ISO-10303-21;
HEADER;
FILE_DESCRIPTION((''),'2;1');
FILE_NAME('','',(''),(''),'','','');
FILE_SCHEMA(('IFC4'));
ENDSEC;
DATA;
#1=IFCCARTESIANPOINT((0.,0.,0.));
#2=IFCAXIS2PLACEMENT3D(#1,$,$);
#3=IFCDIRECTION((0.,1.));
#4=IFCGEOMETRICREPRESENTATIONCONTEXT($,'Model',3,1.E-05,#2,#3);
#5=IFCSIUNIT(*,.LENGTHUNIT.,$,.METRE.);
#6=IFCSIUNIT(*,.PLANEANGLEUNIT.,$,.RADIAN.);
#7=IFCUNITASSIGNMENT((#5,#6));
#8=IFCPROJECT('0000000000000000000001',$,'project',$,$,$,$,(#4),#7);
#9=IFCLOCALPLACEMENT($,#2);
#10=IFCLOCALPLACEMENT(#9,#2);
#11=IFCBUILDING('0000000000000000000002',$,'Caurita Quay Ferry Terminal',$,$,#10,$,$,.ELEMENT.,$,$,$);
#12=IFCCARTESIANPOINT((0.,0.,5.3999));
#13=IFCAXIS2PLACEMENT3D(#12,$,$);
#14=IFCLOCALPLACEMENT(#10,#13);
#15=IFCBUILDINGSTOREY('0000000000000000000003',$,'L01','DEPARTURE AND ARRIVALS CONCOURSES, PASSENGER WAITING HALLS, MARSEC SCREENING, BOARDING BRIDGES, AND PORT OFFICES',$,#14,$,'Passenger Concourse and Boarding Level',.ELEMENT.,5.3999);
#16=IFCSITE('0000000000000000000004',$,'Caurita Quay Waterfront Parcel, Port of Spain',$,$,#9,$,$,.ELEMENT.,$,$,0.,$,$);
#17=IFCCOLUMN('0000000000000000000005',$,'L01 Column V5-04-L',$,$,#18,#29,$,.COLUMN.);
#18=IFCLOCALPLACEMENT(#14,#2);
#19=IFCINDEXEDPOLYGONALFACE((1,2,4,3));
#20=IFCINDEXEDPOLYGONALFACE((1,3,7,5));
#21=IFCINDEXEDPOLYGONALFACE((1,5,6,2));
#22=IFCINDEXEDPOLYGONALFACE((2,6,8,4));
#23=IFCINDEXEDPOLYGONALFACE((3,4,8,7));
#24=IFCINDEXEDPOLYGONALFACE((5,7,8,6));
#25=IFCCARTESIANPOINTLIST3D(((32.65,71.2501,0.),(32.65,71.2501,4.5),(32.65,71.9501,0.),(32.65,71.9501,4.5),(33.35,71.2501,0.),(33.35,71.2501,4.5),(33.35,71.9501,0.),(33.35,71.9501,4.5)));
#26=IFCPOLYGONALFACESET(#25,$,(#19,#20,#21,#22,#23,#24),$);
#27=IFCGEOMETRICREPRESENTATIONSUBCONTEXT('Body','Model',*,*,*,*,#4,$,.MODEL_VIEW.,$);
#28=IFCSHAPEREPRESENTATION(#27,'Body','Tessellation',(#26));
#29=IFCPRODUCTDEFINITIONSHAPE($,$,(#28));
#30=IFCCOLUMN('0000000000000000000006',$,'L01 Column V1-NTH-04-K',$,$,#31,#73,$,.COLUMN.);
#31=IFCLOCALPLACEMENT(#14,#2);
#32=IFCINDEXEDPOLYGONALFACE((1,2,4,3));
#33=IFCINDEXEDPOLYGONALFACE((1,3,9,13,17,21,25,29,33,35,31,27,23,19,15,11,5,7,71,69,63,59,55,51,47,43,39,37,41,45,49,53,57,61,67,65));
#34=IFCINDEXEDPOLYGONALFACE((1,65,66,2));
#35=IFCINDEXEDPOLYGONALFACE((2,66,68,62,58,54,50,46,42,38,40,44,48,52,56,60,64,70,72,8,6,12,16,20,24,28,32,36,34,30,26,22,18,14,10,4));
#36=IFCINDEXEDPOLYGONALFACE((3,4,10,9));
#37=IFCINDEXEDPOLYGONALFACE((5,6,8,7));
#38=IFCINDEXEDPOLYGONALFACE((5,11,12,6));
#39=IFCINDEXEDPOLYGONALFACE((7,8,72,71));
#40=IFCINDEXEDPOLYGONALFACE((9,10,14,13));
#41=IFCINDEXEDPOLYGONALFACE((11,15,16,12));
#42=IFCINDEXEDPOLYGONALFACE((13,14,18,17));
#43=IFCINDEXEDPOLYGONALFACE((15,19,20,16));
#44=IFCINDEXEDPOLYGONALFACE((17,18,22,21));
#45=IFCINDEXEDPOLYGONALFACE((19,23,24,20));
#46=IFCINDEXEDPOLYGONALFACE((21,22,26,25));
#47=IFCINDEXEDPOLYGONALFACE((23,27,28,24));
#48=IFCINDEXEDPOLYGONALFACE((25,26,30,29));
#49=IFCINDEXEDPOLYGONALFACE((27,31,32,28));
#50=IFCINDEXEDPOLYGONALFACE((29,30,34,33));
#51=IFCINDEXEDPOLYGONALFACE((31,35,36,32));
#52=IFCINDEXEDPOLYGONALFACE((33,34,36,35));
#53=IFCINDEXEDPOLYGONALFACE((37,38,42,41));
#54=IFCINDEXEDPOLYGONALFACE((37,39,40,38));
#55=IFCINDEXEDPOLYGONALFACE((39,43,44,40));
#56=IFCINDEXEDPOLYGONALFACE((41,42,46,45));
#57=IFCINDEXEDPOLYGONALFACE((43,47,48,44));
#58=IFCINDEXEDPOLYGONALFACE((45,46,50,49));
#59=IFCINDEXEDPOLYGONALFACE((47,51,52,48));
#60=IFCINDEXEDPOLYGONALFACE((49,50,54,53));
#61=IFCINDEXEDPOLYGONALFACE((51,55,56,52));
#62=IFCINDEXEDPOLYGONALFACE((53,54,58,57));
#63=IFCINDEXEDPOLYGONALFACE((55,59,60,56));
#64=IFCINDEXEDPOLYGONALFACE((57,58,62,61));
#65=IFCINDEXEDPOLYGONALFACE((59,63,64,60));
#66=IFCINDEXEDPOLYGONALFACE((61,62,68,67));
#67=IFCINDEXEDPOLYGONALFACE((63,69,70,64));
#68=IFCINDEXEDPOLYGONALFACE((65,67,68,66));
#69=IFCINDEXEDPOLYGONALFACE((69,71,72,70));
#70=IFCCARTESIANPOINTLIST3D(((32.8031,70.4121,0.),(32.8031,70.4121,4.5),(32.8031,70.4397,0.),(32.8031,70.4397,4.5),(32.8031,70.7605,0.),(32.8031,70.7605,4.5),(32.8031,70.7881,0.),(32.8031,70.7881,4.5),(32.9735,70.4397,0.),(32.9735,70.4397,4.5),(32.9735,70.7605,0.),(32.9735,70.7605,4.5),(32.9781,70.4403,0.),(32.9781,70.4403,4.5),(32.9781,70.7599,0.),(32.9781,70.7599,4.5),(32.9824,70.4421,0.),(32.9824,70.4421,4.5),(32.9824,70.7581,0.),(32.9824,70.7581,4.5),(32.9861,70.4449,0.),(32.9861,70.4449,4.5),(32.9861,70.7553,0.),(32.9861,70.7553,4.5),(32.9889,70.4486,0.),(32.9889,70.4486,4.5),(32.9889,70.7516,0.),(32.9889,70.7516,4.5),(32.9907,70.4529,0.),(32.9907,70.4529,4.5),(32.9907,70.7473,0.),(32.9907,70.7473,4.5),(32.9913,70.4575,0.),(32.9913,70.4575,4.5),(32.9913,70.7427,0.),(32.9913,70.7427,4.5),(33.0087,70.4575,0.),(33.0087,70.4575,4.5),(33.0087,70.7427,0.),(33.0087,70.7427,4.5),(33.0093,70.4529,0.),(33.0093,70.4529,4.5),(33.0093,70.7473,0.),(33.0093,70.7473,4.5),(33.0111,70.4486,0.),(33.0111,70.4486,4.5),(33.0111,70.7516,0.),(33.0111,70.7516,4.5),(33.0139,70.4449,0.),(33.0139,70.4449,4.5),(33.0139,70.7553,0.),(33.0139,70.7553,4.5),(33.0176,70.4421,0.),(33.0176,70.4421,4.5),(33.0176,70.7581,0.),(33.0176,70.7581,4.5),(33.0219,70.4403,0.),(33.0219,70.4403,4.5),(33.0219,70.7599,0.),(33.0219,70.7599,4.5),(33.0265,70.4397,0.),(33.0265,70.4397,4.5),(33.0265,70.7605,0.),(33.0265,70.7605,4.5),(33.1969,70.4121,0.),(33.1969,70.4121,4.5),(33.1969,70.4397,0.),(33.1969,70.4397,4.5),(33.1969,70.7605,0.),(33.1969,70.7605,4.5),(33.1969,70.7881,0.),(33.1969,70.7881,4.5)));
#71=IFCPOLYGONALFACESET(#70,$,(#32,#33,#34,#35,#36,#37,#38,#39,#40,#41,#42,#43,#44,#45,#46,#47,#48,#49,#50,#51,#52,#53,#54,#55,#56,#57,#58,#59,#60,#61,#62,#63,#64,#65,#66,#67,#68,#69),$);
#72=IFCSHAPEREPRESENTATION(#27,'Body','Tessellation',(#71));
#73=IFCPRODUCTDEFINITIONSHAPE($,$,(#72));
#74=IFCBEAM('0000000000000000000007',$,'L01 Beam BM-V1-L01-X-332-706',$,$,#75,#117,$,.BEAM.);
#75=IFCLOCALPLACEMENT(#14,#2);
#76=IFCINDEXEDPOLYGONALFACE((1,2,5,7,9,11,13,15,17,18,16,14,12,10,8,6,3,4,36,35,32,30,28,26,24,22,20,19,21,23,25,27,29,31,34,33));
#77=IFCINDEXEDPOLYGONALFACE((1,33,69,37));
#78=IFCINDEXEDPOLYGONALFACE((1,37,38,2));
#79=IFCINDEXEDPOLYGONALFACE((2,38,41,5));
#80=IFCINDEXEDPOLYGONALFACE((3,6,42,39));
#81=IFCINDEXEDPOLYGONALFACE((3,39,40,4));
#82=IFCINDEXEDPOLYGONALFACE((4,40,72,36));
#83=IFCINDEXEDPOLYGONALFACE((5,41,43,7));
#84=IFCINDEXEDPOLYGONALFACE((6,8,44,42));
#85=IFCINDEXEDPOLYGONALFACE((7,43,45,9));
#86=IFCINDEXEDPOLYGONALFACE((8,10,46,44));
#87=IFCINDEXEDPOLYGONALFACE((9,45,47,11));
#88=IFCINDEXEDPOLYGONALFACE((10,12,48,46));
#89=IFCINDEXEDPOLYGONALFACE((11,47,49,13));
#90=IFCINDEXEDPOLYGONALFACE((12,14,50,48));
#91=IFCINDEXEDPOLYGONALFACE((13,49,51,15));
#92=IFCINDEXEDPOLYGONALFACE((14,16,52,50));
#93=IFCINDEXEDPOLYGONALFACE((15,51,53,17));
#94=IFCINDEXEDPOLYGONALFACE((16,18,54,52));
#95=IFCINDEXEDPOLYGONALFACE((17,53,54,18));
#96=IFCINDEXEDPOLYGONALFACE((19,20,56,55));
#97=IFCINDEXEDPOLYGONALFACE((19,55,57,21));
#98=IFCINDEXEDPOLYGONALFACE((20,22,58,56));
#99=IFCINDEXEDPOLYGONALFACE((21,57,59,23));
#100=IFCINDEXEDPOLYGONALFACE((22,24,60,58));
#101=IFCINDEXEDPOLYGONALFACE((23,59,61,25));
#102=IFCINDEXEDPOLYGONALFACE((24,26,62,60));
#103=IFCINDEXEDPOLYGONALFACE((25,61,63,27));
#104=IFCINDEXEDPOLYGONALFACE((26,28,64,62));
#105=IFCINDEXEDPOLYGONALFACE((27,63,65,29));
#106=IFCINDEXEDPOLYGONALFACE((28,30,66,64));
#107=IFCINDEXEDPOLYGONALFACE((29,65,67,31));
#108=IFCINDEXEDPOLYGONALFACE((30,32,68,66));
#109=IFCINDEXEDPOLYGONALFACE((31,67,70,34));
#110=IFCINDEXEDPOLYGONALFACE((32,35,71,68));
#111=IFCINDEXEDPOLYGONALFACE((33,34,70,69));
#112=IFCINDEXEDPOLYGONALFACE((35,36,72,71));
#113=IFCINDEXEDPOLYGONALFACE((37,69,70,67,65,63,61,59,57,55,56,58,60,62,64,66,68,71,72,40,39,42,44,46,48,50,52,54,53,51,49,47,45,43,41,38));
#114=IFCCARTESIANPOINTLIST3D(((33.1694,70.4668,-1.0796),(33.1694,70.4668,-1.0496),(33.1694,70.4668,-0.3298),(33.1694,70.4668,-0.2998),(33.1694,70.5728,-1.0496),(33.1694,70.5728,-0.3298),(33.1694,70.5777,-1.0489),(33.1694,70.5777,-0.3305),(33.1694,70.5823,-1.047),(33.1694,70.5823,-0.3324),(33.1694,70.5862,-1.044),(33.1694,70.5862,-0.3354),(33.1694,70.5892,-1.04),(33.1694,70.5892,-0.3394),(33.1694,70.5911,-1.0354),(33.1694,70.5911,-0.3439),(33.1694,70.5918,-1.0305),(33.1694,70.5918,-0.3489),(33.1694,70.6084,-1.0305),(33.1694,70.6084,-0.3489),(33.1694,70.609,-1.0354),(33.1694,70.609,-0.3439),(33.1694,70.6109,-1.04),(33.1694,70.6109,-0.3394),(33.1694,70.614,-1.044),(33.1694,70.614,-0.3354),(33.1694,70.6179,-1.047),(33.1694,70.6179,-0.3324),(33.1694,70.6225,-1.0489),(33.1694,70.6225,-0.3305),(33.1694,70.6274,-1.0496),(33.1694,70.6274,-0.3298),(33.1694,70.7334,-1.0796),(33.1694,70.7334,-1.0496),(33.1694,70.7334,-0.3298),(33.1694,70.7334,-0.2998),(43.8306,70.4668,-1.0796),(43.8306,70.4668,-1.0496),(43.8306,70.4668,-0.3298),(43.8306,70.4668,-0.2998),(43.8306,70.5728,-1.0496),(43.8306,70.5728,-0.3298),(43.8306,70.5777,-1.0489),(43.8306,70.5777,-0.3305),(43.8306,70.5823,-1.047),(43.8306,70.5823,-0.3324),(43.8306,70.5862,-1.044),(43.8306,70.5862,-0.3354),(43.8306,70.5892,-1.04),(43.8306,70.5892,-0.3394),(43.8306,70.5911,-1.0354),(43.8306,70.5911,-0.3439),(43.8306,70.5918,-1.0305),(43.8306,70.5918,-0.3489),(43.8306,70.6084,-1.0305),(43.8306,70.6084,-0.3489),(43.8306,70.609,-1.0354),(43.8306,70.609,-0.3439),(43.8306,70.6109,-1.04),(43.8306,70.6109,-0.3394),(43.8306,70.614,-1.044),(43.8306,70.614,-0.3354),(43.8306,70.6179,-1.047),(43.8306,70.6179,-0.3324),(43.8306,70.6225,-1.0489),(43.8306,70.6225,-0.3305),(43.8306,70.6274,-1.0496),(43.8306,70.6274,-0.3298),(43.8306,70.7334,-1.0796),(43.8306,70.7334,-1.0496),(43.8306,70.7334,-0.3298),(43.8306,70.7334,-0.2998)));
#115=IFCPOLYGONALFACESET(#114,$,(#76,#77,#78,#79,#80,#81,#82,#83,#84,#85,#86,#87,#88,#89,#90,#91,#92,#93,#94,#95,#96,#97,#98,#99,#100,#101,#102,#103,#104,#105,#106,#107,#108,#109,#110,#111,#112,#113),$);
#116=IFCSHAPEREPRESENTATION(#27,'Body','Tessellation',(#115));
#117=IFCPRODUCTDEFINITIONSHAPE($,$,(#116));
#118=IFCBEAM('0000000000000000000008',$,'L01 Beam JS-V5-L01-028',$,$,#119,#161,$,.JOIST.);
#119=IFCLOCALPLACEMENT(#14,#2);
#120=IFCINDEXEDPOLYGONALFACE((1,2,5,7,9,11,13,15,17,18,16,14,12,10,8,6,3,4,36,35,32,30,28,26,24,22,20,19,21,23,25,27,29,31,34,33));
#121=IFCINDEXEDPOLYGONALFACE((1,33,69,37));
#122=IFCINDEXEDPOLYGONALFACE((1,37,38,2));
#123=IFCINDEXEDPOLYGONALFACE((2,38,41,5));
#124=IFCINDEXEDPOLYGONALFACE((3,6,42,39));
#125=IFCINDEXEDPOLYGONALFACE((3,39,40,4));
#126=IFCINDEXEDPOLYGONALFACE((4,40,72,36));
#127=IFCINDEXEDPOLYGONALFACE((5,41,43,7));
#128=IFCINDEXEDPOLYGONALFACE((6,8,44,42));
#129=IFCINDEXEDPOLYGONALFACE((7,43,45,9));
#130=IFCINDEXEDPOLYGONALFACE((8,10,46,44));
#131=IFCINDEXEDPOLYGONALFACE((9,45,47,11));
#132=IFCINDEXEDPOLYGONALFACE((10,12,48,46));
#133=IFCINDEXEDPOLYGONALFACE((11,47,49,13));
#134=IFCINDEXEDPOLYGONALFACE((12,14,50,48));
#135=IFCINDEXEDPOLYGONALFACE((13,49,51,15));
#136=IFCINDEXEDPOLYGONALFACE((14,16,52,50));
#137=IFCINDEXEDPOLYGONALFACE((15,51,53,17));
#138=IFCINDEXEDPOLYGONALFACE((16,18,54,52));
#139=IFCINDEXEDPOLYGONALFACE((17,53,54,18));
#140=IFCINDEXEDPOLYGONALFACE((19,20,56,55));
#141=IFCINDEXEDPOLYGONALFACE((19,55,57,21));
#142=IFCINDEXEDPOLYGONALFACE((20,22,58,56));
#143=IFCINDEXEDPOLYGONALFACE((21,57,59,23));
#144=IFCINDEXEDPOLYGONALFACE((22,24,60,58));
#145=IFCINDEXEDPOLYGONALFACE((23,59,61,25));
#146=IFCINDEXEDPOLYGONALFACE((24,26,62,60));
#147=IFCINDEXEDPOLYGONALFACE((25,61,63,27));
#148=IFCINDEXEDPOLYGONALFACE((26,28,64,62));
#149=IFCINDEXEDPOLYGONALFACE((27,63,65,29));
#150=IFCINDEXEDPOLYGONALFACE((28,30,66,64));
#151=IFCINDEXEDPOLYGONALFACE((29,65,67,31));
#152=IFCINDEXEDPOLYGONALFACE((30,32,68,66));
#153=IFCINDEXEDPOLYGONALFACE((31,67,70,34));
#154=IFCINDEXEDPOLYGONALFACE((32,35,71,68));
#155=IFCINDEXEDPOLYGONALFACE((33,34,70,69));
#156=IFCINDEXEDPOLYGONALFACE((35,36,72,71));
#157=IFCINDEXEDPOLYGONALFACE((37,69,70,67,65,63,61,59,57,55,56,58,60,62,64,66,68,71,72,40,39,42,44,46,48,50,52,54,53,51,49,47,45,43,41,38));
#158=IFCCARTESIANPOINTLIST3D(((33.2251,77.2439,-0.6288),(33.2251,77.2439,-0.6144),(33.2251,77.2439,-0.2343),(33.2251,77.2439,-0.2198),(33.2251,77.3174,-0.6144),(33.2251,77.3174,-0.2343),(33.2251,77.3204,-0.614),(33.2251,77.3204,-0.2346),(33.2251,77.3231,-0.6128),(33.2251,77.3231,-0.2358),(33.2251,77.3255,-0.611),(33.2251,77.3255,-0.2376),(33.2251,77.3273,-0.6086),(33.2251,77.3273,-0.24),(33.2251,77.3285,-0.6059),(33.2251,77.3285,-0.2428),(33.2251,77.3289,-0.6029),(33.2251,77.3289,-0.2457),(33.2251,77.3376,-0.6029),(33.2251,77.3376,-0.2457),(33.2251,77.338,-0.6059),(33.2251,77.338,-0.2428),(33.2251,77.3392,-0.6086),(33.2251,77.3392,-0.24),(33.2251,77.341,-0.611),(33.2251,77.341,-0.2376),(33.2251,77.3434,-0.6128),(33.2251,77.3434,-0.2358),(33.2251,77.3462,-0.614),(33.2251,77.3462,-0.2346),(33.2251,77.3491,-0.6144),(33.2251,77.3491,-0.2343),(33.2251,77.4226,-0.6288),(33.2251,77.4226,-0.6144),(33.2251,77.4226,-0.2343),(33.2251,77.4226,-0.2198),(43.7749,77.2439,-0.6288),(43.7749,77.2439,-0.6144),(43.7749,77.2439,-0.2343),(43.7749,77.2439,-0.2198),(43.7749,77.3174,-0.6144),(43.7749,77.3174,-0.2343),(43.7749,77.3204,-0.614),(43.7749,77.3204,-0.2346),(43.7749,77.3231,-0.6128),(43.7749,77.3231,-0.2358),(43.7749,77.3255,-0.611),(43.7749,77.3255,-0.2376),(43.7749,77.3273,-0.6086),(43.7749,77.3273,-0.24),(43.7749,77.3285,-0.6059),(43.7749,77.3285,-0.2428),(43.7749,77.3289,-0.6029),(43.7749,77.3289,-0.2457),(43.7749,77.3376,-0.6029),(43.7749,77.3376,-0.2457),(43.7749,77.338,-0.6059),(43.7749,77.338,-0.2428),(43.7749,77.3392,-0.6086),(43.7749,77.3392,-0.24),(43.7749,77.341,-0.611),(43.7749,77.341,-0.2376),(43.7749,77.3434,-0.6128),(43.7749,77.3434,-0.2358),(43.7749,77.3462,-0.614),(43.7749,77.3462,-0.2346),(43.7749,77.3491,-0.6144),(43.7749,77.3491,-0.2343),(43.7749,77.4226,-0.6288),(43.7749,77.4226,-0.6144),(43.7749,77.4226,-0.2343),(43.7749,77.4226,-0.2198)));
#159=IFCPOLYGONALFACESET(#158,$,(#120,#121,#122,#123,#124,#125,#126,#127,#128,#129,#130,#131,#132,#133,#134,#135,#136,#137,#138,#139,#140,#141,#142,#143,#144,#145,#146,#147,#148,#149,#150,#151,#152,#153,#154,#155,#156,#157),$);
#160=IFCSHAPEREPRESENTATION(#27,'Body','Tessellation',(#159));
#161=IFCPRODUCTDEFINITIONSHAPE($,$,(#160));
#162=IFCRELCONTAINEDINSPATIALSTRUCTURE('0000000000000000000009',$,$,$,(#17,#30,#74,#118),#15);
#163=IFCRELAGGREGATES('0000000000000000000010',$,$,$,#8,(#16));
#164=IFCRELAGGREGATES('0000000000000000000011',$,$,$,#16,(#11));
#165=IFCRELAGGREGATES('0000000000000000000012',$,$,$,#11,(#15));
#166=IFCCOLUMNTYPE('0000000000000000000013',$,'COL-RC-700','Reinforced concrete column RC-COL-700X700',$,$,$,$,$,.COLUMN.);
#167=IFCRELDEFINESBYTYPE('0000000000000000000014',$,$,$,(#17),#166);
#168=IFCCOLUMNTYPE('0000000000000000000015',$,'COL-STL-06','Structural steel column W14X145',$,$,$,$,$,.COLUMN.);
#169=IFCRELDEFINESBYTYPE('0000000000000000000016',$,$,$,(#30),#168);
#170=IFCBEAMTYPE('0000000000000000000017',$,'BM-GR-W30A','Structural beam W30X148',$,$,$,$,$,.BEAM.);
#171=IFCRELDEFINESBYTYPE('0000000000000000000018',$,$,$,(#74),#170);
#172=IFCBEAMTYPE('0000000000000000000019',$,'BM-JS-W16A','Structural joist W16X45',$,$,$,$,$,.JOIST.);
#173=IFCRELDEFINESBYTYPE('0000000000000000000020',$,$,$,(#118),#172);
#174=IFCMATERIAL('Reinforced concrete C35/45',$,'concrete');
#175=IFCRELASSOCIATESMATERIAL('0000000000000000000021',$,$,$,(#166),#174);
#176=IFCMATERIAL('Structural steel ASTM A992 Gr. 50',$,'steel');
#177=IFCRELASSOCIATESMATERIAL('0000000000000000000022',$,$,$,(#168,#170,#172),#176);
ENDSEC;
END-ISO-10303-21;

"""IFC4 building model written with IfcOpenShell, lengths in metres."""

from ifc_helpers import new_model, si_unit, direction, frame, origin, origin_2d, place, context, subcontext, project, spatial, rectangle, i_section, extrude, material, material_profile, profile_set, type_object, element, save


model = new_model("IFC4")

# Units and contexts
model_context = context("Model", 3, precision=1e-05, world=origin(), true_north=direction((0.0, 1.0)))
body_context = subcontext(model_context, "Body", "Model", "MODEL_VIEW")
ifc_project = project(units=[si_unit("LENGTHUNIT", "METRE"), si_unit("PLANEANGLEUNIT", "RADIAN")], contexts=[model_context])

# Site, building, storey
site_placement = place(None, origin())
site = spatial("IfcSite", under=ifc_project, at=site_placement, Name="Caurita Quay Waterfront Parcel, Port of Spain", CompositionType="ELEMENT", RefElevation=0.0)
building_placement = place(site_placement, origin())
building = spatial("IfcBuilding", under=site, at=building_placement, Name="Caurita Quay Ferry Terminal", CompositionType="ELEMENT")
storey_placement = place(building_placement, frame((0.0, 0.0, 5.3999)))
storey = spatial("IfcBuildingStorey", under=building, at=storey_placement, Name="L01", Description="DEPARTURE AND ARRIVALS CONCOURSES, PASSENGER WAITING HALLS, MARSEC SCREENING, BOARDING BRIDGES, AND PORT OFFICES", LongName="Passenger Concourse and Boarding Level", CompositionType="ELEMENT", Elevation=5.3999)

# Columns
ifc_material_1 = material(Name="Reinforced concrete C35/45", Category="concrete")
ifc_material_profile_1 = material_profile(ifc_material_1, rectangle(XDim=0.7, YDim=0.7, at=origin_2d()), Name="RC-COL-700X700")
ifc_profile_set_1 = profile_set([ifc_material_profile_1], Name="Reinforced concrete C35/45")
column_type_1 = type_object("IfcColumnType", Name="COL-RC-700", Description="Reinforced concrete column RC-COL-700X700", PredefinedType="COLUMN", material=ifc_profile_set_1)
column_1_placement = place(storey_placement, frame((33.0, 71.6001, 0.0), z_axis=(0.0, 0.0, 1.0), x_axis=(1.0, 0.0, 0.0)))
element("IfcColumn", 1, at=column_1_placement, inside=storey, type_object=column_type_1, Name="L01 Column V5-04-L", PredefinedType="COLUMN", context=body_context, shape_type="SweptSolid", body=[
    extrude(rectangle(XDim=0.7, YDim=0.7, at=origin_2d()), origin(), (0.0, 0.0, 1.0), 4.5),
])
ifc_material_2 = material(Name="Structural steel ASTM A992 Gr. 50", Category="steel")
ifc_material_profile_2 = material_profile(ifc_material_2, i_section(OverallWidth=0.3938, OverallDepth=0.376, WebThickness=0.0173, FlangeThickness=0.0276, FilletRadius=0.0178, at=origin_2d()), Name="W14X145")
ifc_profile_set_2 = profile_set([ifc_material_profile_2], Name="Structural steel ASTM A992 Gr. 50")
column_type_2 = type_object("IfcColumnType", Name="COL-STL-06", Description="Structural steel column W14X145", PredefinedType="COLUMN", material=ifc_profile_set_2)
column_2_placement = place(storey_placement, frame((33.0, 70.6001, 0.0), z_axis=(0.0, 0.0, 1.0), x_axis=(1.0, 0.0, 0.0)))
element("IfcColumn", 2, at=column_2_placement, inside=storey, type_object=column_type_2, Name="L01 Column V1-NTH-04-K", PredefinedType="COLUMN", context=body_context, shape_type="SweptSolid", body=[
    extrude(i_section(OverallWidth=0.3938, OverallDepth=0.376, WebThickness=0.0173, FlangeThickness=0.0276, FilletRadius=0.0178, at=origin_2d()), origin(), (0.0, 0.0, 1.0), 4.5),
])

# Beams
ifc_material_profile_3 = material_profile(ifc_material_2, i_section(OverallWidth=0.2666, OverallDepth=0.7798, WebThickness=0.0166, FlangeThickness=0.03, FilletRadius=0.019, at=origin_2d()), Name="W30X148")
ifc_profile_set_3 = profile_set([ifc_material_profile_3], Name="Structural steel ASTM A992 Gr. 50")
beam_type_1 = type_object("IfcBeamType", Name="BM-GR-W30A", Description="Structural beam W30X148", PredefinedType="BEAM", material=ifc_profile_set_3)
beam_1_placement = place(storey_placement, frame((33.1694, 70.6001, -0.6897), z_axis=(1.0, 0.0, 0.0), x_axis=(0.0, 1.0, 0.0)))
element("IfcBeam", 3, at=beam_1_placement, inside=storey, type_object=beam_type_1, Name="L01 Beam BM-V1-L01-X-332-706", PredefinedType="BEAM", context=body_context, shape_type="SweptSolid", body=[
    extrude(i_section(OverallWidth=0.2666, OverallDepth=0.7798, WebThickness=0.0166, FlangeThickness=0.03, FilletRadius=0.019, at=origin_2d()), origin(), (0.0, 0.0, 1.0), 10.6611),
])
ifc_material_profile_4 = material_profile(ifc_material_2, i_section(OverallWidth=0.1787, OverallDepth=0.4089, WebThickness=0.0088, FlangeThickness=0.0144, FilletRadius=0.0115, at=origin_2d()), Name="W16X45")
ifc_profile_set_4 = profile_set([ifc_material_profile_4], Name="Structural steel ASTM A992 Gr. 50")
beam_type_2 = type_object("IfcBeamType", Name="BM-JS-W16A", Description="Structural joist W16X45", PredefinedType="JOIST", material=ifc_profile_set_4)
beam_2_placement = place(storey_placement, frame((33.2251, 77.3333, -0.4243), z_axis=(1.0, 0.0, 0.0), x_axis=(0.0, 1.0, 0.0)))
element("IfcBeam", 4, at=beam_2_placement, inside=storey, type_object=beam_type_2, Name="L01 Beam JS-V5-L01-028", PredefinedType="JOIST", context=body_context, shape_type="SweptSolid", body=[
    extrude(i_section(OverallWidth=0.1787, OverallDepth=0.4089, WebThickness=0.0088, FlangeThickness=0.0144, FilletRadius=0.0115, at=origin_2d()), origin(), (0.0, 0.0, 1.0), 10.5498),
])

save(model, "model.ifc")
